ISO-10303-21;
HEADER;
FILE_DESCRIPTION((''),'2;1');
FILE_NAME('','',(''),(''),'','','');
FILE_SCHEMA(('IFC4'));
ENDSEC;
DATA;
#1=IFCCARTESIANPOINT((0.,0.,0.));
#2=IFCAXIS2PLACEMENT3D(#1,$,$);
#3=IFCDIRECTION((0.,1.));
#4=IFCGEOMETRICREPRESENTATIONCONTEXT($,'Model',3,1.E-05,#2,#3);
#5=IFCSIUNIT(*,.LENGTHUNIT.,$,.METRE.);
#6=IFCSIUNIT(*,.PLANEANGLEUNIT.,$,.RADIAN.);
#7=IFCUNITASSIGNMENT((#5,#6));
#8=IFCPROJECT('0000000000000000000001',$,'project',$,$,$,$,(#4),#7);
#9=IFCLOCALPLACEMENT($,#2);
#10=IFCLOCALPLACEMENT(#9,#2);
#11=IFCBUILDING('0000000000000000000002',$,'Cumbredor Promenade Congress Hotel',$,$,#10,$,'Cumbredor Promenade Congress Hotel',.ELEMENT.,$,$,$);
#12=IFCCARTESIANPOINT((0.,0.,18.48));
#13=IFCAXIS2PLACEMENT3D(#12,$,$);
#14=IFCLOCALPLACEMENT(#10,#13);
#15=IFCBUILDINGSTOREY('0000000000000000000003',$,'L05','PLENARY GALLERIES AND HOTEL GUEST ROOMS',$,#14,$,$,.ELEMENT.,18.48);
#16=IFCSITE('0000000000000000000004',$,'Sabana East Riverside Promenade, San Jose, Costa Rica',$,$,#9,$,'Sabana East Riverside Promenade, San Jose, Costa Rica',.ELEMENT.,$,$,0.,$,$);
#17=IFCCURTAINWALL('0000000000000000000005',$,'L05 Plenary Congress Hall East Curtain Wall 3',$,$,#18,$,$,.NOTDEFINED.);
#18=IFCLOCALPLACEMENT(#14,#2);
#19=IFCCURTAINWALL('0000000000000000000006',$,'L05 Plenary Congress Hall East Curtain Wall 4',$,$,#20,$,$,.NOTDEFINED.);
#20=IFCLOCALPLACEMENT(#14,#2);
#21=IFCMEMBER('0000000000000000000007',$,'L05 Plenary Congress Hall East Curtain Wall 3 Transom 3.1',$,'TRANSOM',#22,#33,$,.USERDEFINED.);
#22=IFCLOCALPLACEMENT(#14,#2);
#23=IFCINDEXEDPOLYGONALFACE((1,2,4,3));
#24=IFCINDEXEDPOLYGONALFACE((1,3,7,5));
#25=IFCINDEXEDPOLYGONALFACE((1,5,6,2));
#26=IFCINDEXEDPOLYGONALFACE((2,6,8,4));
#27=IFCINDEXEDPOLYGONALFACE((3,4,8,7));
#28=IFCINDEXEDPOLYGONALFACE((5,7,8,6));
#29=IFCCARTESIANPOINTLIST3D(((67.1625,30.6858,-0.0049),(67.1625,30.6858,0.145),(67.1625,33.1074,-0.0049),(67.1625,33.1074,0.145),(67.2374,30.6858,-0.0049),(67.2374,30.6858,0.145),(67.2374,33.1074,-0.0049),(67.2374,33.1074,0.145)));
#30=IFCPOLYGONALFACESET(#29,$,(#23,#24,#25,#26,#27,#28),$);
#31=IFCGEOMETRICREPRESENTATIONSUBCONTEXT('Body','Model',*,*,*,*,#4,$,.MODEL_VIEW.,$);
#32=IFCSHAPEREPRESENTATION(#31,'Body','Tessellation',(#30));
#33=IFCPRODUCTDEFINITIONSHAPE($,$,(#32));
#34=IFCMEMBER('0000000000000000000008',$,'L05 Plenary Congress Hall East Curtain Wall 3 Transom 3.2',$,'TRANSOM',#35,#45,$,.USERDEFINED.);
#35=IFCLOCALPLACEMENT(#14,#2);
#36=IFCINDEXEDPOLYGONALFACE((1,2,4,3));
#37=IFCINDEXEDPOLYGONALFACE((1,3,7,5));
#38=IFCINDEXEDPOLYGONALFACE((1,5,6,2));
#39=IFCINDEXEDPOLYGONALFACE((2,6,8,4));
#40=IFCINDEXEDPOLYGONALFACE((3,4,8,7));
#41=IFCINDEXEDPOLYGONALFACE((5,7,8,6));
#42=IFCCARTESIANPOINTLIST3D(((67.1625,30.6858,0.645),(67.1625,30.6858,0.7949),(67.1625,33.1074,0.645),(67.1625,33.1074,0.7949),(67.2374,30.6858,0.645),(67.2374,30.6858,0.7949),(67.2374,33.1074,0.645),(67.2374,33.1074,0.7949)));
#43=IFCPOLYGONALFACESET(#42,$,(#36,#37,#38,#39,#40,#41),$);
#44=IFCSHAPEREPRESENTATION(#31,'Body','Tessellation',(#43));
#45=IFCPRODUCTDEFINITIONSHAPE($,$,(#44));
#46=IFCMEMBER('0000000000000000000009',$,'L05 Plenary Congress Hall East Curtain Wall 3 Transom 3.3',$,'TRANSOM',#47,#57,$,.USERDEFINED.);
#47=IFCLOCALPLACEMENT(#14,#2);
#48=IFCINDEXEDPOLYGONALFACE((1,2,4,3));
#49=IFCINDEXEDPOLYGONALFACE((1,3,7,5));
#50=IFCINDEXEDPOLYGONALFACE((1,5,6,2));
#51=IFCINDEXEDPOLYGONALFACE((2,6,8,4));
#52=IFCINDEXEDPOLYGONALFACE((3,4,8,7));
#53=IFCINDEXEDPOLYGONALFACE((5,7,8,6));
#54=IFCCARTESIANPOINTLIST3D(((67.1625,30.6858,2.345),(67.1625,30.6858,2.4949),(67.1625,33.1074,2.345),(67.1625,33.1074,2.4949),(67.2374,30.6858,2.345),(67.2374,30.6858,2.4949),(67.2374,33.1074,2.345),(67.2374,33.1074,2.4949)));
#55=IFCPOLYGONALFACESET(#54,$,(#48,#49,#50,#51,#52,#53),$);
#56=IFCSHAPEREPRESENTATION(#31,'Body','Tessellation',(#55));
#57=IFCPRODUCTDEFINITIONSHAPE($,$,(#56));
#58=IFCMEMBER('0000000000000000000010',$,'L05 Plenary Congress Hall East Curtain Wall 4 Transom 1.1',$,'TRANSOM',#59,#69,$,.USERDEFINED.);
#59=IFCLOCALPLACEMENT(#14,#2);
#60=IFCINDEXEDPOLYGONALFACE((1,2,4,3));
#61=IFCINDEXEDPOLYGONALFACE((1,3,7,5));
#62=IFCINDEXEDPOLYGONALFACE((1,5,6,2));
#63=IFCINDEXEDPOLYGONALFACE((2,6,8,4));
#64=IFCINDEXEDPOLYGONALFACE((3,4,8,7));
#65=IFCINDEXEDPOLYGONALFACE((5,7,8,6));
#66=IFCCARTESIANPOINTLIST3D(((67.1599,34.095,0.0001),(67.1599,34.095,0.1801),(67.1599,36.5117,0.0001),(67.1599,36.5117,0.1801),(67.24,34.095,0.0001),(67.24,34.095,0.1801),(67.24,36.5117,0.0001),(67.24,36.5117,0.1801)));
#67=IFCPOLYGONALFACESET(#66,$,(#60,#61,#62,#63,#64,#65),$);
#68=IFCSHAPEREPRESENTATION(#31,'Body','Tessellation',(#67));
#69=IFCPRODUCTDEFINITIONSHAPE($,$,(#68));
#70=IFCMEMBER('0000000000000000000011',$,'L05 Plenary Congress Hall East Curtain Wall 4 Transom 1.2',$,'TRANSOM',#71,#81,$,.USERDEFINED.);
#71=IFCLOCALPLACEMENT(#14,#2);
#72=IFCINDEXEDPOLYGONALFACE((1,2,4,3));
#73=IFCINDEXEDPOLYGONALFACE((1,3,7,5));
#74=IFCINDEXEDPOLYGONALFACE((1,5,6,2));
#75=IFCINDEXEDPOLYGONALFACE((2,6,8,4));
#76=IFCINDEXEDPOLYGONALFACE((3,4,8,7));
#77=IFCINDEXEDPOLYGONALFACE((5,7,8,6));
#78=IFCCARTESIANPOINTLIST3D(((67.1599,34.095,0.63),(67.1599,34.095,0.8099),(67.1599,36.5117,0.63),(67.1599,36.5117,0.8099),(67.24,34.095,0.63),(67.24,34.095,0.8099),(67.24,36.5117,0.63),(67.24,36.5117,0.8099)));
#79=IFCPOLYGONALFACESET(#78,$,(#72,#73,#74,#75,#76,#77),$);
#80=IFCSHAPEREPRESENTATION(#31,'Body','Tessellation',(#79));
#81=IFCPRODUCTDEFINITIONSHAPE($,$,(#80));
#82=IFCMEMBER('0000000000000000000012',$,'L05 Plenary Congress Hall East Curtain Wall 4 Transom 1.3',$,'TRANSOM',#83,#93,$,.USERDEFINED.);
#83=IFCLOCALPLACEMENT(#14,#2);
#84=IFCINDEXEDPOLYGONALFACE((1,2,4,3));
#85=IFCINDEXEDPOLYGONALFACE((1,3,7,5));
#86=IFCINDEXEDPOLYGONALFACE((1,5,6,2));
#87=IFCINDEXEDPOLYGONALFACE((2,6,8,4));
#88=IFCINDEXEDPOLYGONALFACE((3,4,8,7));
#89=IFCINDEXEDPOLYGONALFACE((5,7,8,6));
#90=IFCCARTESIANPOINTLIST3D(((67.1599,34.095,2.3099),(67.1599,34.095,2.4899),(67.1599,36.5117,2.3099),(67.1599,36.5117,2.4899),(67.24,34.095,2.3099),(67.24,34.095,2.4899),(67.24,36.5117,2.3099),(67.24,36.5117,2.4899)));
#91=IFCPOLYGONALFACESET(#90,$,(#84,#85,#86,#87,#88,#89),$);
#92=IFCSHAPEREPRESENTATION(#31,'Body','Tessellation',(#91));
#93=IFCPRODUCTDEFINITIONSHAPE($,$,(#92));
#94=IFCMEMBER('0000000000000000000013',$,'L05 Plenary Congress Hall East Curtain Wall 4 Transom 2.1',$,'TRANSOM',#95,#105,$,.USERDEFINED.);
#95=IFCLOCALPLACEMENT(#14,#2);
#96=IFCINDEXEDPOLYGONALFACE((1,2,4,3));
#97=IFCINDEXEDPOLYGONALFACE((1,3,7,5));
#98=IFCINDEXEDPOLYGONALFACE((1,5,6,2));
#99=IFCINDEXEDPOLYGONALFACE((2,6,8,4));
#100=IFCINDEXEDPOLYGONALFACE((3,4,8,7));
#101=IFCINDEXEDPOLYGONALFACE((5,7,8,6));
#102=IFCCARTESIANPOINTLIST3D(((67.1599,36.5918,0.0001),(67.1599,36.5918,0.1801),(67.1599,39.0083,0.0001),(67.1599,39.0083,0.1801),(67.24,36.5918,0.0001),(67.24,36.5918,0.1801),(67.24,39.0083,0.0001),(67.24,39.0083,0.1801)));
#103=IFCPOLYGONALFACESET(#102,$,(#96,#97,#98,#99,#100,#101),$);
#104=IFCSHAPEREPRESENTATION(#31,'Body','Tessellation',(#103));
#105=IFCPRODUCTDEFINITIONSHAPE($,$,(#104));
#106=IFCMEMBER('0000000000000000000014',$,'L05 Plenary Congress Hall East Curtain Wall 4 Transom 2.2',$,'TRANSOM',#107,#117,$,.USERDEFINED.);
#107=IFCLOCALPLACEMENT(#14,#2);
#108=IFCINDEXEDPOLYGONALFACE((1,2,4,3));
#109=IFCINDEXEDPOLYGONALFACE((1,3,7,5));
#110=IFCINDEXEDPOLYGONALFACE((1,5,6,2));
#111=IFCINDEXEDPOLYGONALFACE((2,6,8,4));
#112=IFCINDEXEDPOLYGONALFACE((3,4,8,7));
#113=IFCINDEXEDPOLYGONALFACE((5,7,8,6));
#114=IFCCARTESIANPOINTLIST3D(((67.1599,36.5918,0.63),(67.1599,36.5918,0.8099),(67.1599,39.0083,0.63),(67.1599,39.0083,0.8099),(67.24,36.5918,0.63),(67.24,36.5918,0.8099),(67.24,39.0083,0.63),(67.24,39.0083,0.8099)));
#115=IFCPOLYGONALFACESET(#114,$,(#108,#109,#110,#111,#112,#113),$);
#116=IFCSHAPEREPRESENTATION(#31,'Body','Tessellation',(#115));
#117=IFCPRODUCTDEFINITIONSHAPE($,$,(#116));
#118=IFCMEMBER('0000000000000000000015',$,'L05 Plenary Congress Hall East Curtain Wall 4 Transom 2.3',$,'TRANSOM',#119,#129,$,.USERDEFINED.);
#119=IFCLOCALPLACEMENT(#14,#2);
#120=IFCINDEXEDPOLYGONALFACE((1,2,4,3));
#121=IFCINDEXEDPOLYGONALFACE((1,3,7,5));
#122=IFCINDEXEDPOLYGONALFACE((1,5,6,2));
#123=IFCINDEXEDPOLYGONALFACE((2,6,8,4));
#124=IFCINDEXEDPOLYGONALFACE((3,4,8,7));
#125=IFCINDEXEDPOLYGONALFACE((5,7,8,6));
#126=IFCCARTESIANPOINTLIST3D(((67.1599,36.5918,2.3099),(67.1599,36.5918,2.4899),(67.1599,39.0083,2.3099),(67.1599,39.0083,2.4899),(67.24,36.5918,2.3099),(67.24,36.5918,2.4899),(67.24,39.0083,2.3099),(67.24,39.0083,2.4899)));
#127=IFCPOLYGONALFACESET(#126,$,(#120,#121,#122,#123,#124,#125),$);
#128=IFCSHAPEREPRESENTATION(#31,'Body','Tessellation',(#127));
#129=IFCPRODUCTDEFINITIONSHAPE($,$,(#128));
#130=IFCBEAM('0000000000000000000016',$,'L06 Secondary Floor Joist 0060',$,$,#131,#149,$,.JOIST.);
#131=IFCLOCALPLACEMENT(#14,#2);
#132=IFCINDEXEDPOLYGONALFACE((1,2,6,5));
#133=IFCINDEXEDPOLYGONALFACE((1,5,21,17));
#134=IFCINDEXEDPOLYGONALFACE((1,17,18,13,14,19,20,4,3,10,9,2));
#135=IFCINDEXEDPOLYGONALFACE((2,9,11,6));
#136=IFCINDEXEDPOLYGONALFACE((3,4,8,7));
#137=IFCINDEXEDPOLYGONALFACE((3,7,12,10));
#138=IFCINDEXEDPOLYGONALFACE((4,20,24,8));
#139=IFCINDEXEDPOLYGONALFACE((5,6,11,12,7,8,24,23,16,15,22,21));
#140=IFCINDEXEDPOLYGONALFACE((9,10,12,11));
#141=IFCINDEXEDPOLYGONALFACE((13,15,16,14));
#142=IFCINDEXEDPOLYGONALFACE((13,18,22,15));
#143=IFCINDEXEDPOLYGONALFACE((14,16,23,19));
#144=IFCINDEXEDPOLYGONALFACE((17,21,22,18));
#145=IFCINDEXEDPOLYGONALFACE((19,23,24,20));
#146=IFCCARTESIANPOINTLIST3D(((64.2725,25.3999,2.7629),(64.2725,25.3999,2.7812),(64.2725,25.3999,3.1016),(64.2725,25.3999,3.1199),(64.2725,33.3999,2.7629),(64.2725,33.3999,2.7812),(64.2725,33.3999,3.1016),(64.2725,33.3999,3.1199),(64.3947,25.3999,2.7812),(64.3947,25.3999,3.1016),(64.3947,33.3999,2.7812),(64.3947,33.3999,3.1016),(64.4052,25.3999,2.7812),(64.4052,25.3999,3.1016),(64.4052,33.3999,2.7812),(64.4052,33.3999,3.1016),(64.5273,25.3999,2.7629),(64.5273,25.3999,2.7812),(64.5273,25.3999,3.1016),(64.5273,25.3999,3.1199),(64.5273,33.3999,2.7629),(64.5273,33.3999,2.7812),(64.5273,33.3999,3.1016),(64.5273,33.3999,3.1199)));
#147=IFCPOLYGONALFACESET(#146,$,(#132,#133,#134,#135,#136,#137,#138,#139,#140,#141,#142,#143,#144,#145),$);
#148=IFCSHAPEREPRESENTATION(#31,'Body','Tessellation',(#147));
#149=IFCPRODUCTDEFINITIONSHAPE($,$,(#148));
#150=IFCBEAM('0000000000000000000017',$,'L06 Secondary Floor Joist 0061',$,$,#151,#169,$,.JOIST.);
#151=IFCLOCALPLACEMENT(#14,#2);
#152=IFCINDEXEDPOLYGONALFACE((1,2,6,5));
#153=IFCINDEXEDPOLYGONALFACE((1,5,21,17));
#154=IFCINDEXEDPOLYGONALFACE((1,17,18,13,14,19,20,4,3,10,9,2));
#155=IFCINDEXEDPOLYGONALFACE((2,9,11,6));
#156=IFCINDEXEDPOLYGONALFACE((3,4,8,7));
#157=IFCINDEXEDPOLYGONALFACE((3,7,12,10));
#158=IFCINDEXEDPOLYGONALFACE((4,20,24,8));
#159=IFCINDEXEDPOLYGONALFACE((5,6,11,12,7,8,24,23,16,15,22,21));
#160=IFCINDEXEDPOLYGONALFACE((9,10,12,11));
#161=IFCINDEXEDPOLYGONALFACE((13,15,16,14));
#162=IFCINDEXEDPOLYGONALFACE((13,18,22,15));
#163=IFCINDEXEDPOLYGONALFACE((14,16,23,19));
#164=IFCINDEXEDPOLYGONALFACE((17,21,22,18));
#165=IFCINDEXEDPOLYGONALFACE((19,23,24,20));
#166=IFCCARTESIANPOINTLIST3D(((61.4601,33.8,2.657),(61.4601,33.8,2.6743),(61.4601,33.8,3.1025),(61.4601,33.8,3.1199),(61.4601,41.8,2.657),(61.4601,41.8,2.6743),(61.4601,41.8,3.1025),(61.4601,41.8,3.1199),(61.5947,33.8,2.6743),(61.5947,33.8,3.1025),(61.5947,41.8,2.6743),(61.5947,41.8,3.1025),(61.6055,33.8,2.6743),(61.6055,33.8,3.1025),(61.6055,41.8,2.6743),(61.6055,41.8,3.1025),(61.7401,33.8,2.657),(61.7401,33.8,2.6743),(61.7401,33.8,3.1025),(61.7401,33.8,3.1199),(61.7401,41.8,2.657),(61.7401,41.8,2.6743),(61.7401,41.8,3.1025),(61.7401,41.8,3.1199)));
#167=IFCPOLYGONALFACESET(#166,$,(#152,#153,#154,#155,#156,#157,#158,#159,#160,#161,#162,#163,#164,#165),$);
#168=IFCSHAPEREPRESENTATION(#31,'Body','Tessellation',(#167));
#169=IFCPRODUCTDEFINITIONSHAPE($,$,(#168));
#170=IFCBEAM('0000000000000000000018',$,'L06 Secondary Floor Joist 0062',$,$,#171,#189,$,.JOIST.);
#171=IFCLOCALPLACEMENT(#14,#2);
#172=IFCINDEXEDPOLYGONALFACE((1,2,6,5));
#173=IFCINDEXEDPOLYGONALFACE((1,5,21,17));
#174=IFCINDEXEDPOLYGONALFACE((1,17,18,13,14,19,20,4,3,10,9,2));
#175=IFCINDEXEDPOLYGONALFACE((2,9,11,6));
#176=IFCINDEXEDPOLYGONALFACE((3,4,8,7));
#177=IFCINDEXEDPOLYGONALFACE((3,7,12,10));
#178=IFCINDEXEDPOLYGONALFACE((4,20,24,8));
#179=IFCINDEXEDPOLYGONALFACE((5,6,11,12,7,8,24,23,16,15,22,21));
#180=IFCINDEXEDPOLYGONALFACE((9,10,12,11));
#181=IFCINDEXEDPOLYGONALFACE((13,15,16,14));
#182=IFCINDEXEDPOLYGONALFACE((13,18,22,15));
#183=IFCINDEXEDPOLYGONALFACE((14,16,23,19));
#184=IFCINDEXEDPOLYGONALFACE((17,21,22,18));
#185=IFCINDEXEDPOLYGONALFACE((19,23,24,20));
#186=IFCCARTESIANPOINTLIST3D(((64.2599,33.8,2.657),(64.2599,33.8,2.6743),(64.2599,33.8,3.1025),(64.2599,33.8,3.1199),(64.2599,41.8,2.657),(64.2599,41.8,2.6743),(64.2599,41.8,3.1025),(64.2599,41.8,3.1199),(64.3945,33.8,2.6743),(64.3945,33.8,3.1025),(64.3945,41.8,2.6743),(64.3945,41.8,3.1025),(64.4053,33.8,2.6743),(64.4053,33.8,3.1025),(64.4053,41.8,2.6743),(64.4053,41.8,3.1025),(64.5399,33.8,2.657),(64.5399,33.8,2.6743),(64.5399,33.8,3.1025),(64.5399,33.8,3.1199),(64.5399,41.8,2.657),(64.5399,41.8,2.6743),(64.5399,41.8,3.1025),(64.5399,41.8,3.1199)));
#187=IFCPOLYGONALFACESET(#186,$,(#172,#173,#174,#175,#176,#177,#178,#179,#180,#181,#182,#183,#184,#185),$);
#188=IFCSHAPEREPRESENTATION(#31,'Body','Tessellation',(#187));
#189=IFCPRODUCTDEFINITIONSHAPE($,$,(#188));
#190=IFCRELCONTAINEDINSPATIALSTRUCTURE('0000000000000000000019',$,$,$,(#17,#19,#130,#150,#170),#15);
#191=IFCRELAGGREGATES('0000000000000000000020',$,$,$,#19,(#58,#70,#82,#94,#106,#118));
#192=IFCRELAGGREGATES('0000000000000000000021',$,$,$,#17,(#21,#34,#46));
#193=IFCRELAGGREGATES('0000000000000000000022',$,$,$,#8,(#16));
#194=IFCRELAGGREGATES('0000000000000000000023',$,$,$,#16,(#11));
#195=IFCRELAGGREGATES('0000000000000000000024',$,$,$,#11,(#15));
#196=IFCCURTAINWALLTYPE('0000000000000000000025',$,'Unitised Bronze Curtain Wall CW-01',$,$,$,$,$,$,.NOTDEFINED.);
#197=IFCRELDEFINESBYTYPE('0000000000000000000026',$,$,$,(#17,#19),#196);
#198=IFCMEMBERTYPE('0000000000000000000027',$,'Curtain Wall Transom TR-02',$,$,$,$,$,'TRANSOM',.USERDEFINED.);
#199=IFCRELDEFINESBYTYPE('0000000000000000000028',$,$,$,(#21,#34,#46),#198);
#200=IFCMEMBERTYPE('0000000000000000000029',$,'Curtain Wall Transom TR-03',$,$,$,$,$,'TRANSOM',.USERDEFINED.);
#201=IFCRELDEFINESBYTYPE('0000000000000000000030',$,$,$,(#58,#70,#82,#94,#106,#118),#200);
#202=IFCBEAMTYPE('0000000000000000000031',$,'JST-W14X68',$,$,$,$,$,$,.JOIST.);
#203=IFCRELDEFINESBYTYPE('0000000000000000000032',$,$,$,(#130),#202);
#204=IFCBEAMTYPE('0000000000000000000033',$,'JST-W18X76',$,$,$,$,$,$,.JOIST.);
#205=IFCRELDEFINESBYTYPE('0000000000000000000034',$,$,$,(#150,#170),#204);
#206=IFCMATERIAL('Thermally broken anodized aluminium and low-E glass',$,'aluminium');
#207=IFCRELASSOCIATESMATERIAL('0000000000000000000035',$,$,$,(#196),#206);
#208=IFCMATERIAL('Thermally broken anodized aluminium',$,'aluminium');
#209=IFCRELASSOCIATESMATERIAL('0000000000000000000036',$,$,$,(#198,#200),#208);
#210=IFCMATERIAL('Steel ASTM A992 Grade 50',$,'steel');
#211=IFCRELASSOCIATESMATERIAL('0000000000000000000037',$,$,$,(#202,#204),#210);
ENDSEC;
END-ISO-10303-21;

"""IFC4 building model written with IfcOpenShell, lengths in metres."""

from ifc_helpers import new_model, si_unit, direction, frame, origin, origin_2d, place, context, subcontext, project, spatial, rectangle, i_section, extrude, material, material_profile, profile_set, type_object, element, aggregate, save


model = new_model("IFC4")

# Units and contexts
model_context = context("Model", 3, precision=1e-05, world=origin(), true_north=direction((0.0, 1.0)))
body_context = subcontext(model_context, "Body", "Model", "MODEL_VIEW")
ifc_project = project(units=[si_unit("LENGTHUNIT", "METRE"), si_unit("PLANEANGLEUNIT", "RADIAN")], contexts=[model_context])

# Site, building, storey
site_placement = place(None, origin())
site = spatial("IfcSite", under=ifc_project, at=site_placement, Name="Sabana East Riverside Promenade, San Jose, Costa Rica", LongName="Sabana East Riverside Promenade, San Jose, Costa Rica", CompositionType="ELEMENT", RefElevation=0.0)
building_placement = place(site_placement, origin())
building = spatial("IfcBuilding", under=site, at=building_placement, Name="Cumbredor Promenade Congress Hotel", LongName="Cumbredor Promenade Congress Hotel", CompositionType="ELEMENT")
storey_placement = place(building_placement, frame((0.0, 0.0, 18.48)))
storey = spatial("IfcBuildingStorey", under=building, at=storey_placement, Name="L05", Description="PLENARY GALLERIES AND HOTEL GUEST ROOMS", CompositionType="ELEMENT", Elevation=18.48)

# Curtain walls
ifc_material_1 = material(Name="Thermally broken anodized aluminium and low-E glass", Category="aluminium")
curtain_wall_type = type_object("IfcCurtainWallType", Name="Unitised Bronze Curtain Wall CW-01", PredefinedType="NOTDEFINED", material=ifc_material_1)
curtain_wall_1_placement = place(storey_placement, origin())
curtain_wall_1 = element("IfcCurtainWall", 1, at=curtain_wall_1_placement, inside=storey, type_object=curtain_wall_type, Name="L05 Plenary Congress Hall East Curtain Wall 3", PredefinedType="NOTDEFINED")
ifc_material_2 = material(Name="Thermally broken anodized aluminium", Category="aluminium")
curtain_wall_2_placement = place(storey_placement, origin())
curtain_wall_2 = element("IfcCurtainWall", 2, at=curtain_wall_2_placement, inside=storey, type_object=curtain_wall_type, Name="L05 Plenary Congress Hall East Curtain Wall 4", PredefinedType="NOTDEFINED")

# Members
ifc_material_profile_1 = material_profile(ifc_material_2, rectangle(XDim=0.075, YDim=0.1499, at=origin_2d()), Name="ALU TRANSOM 75x150")
ifc_profile_set_1 = profile_set([ifc_material_profile_1], Name="Thermally broken anodized aluminium")
member_type_1 = type_object("IfcMemberType", Name="Curtain Wall Transom TR-02", ElementType="TRANSOM", PredefinedType="USERDEFINED", material=ifc_profile_set_1)
member_1_placement = place(storey_placement, frame((67.2, 30.6858, 0.0701), z_axis=(0.0, 1.0, 0.0), x_axis=(-1.0, 0.0, 0.0)))
member_1 = element("IfcMember", 3, at=member_1_placement, type_object=member_type_1, Name="L05 Plenary Congress Hall East Curtain Wall 3 Transom 3.1", ObjectType="TRANSOM", PredefinedType="USERDEFINED", context=body_context, shape_type="SweptSolid", body=[
    extrude(rectangle(XDim=0.075, YDim=0.1499, at=origin_2d()), origin(), (0.0, 0.0, 1.0), 2.4216),
])
member_2_placement = place(storey_placement, frame((67.2, 30.6858, 0.72), z_axis=(0.0, 1.0, 0.0), x_axis=(-1.0, 0.0, 0.0)))
member_2 = element("IfcMember", 4, at=member_2_placement, type_object=member_type_1, Name="L05 Plenary Congress Hall East Curtain Wall 3 Transom 3.2", ObjectType="TRANSOM", PredefinedType="USERDEFINED", context=body_context, shape_type="SweptSolid", body=[
    extrude(rectangle(XDim=0.075, YDim=0.1499, at=origin_2d()), origin(), (0.0, 0.0, 1.0), 2.4216),
])
member_3_placement = place(storey_placement, frame((67.2, 30.6858, 2.4199), z_axis=(0.0, 1.0, 0.0), x_axis=(-1.0, 0.0, 0.0)))
member_3 = element("IfcMember", 5, at=member_3_placement, type_object=member_type_1, Name="L05 Plenary Congress Hall East Curtain Wall 3 Transom 3.3", ObjectType="TRANSOM", PredefinedType="USERDEFINED", context=body_context, shape_type="SweptSolid", body=[
    extrude(rectangle(XDim=0.075, YDim=0.1499, at=origin_2d()), origin(), (0.0, 0.0, 1.0), 2.4216),
])
ifc_material_profile_2 = material_profile(ifc_material_2, rectangle(XDim=0.0801, YDim=0.1799, at=origin_2d()), Name="ALU TRANSOM 80x180")
ifc_profile_set_2 = profile_set([ifc_material_profile_2], Name="Thermally broken anodized aluminium")
member_type_2 = type_object("IfcMemberType", Name="Curtain Wall Transom TR-03", ElementType="TRANSOM", PredefinedType="USERDEFINED", material=ifc_profile_set_2)
member_4_placement = place(storey_placement, frame((67.2, 34.095, 0.0901), z_axis=(0.0, 1.0, 0.0), x_axis=(-1.0, 0.0, 0.0)))
member_4 = element("IfcMember", 6, at=member_4_placement, type_object=member_type_2, Name="L05 Plenary Congress Hall East Curtain Wall 4 Transom 1.1", ObjectType="TRANSOM", PredefinedType="USERDEFINED", context=body_context, shape_type="SweptSolid", body=[
    extrude(rectangle(XDim=0.0801, YDim=0.1799, at=origin_2d()), origin(), (0.0, 0.0, 1.0), 2.4167),
])
member_5_placement = place(storey_placement, frame((67.2, 34.095, 0.72), z_axis=(0.0, 1.0, 0.0), x_axis=(-1.0, 0.0, 0.0)))
member_5 = element("IfcMember", 7, at=member_5_placement, type_object=member_type_2, Name="L05 Plenary Congress Hall East Curtain Wall 4 Transom 1.2", ObjectType="TRANSOM", PredefinedType="USERDEFINED", context=body_context, shape_type="SweptSolid", body=[
    extrude(rectangle(XDim=0.0801, YDim=0.1799, at=origin_2d()), origin(), (0.0, 0.0, 1.0), 2.4167),
])
member_6_placement = place(storey_placement, frame((67.2, 34.095, 2.3999), z_axis=(0.0, 1.0, 0.0), x_axis=(-1.0, 0.0, 0.0)))
member_6 = element("IfcMember", 8, at=member_6_placement, type_object=member_type_2, Name="L05 Plenary Congress Hall East Curtain Wall 4 Transom 1.3", ObjectType="TRANSOM", PredefinedType="USERDEFINED", context=body_context, shape_type="SweptSolid", body=[
    extrude(rectangle(XDim=0.0801, YDim=0.1799, at=origin_2d()), origin(), (0.0, 0.0, 1.0), 2.4167),
])
member_7_placement = place(storey_placement, frame((67.2, 36.5918, 0.0901), z_axis=(0.0, 1.0, 0.0), x_axis=(-1.0, 0.0, 0.0)))
member_7 = element("IfcMember", 9, at=member_7_placement, type_object=member_type_2, Name="L05 Plenary Congress Hall East Curtain Wall 4 Transom 2.1", ObjectType="TRANSOM", PredefinedType="USERDEFINED", context=body_context, shape_type="SweptSolid", body=[
    extrude(rectangle(XDim=0.0801, YDim=0.1799, at=origin_2d()), origin(), (0.0, 0.0, 1.0), 2.4165),
])
member_8_placement = place(storey_placement, frame((67.2, 36.5918, 0.72), z_axis=(0.0, 1.0, 0.0), x_axis=(-1.0, 0.0, 0.0)))
member_8 = element("IfcMember", 10, at=member_8_placement, type_object=member_type_2, Name="L05 Plenary Congress Hall East Curtain Wall 4 Transom 2.2", ObjectType="TRANSOM", PredefinedType="USERDEFINED", context=body_context, shape_type="SweptSolid", body=[
    extrude(rectangle(XDim=0.0801, YDim=0.1799, at=origin_2d()), origin(), (0.0, 0.0, 1.0), 2.4165),
])
member_9_placement = place(storey_placement, frame((67.2, 36.5918, 2.3999), z_axis=(0.0, 1.0, 0.0), x_axis=(-1.0, 0.0, 0.0)))
member_9 = element("IfcMember", 11, at=member_9_placement, type_object=member_type_2, Name="L05 Plenary Congress Hall East Curtain Wall 4 Transom 2.3", ObjectType="TRANSOM", PredefinedType="USERDEFINED", context=body_context, shape_type="SweptSolid", body=[
    extrude(rectangle(XDim=0.0801, YDim=0.1799, at=origin_2d()), origin(), (0.0, 0.0, 1.0), 2.4165),
])

# Beams
ifc_material_3 = material(Name="Steel ASTM A992 Grade 50", Category="steel")
ifc_material_profile_3 = material_profile(ifc_material_3, i_section(OverallWidth=0.2549, OverallDepth=0.3569, WebThickness=0.0105, FlangeThickness=0.0183, at=origin_2d()), Name="W14X68")
ifc_profile_set_3 = profile_set([ifc_material_profile_3], Name="Steel ASTM A992 Grade 50")
beam_type_1 = type_object("IfcBeamType", Name="JST-W14X68", PredefinedType="JOIST", material=ifc_profile_set_3)
beam_1_placement = place(storey_placement, frame((64.3999, 25.3999, 2.9414), z_axis=(0.0, 1.0, 0.0), x_axis=(-1.0, 0.0, 0.0)))
element("IfcBeam", 12, at=beam_1_placement, inside=storey, type_object=beam_type_1, Name="L06 Secondary Floor Joist 0060", PredefinedType="JOIST", context=body_context, shape_type="SweptSolid", body=[
    extrude(i_section(OverallWidth=0.2549, OverallDepth=0.3569, WebThickness=0.0105, FlangeThickness=0.0183, at=origin_2d()), origin(), (0.0, 0.0, 1.0), 8.0),
])
ifc_material_profile_4 = material_profile(ifc_material_3, i_section(OverallWidth=0.28, OverallDepth=0.4629, WebThickness=0.0107, FlangeThickness=0.0173, at=origin_2d()), Name="W18X76")
ifc_profile_set_4 = profile_set([ifc_material_profile_4], Name="Steel ASTM A992 Grade 50")
beam_type_2 = type_object("IfcBeamType", Name="JST-W18X76", PredefinedType="JOIST", material=ifc_profile_set_4)
for number, where, z_axis, x_axis, name in (
    (13, (61.6001, 33.8, 2.8884), (0.0, 1.0, 0.0), (-1.0, 0.0, 0.0), "L06 Secondary Floor Joist 0061"),
    (14, (64.3999, 33.8, 2.8884), (0.0, 1.0, 0.0), (-1.0, 0.0, 0.0), "L06 Secondary Floor Joist 0062"),
):
    element("IfcBeam", number, at=place(storey_placement, frame(where, z_axis=z_axis, x_axis=x_axis)), inside=storey, type_object=beam_type_2, Name=name, PredefinedType="JOIST", context=body_context, shape_type="SweptSolid", body=[
        extrude(i_section(OverallWidth=0.28, OverallDepth=0.4629, WebThickness=0.0107, FlangeThickness=0.0173, at=origin_2d()), origin(), (0.0, 0.0, 1.0), 8.0),
    ])

aggregate(curtain_wall_2, [member_4, member_5, member_6, member_7, member_8, member_9])
aggregate(curtain_wall_1, [member_1, member_2, member_3])

save(model, "model.ifc")
